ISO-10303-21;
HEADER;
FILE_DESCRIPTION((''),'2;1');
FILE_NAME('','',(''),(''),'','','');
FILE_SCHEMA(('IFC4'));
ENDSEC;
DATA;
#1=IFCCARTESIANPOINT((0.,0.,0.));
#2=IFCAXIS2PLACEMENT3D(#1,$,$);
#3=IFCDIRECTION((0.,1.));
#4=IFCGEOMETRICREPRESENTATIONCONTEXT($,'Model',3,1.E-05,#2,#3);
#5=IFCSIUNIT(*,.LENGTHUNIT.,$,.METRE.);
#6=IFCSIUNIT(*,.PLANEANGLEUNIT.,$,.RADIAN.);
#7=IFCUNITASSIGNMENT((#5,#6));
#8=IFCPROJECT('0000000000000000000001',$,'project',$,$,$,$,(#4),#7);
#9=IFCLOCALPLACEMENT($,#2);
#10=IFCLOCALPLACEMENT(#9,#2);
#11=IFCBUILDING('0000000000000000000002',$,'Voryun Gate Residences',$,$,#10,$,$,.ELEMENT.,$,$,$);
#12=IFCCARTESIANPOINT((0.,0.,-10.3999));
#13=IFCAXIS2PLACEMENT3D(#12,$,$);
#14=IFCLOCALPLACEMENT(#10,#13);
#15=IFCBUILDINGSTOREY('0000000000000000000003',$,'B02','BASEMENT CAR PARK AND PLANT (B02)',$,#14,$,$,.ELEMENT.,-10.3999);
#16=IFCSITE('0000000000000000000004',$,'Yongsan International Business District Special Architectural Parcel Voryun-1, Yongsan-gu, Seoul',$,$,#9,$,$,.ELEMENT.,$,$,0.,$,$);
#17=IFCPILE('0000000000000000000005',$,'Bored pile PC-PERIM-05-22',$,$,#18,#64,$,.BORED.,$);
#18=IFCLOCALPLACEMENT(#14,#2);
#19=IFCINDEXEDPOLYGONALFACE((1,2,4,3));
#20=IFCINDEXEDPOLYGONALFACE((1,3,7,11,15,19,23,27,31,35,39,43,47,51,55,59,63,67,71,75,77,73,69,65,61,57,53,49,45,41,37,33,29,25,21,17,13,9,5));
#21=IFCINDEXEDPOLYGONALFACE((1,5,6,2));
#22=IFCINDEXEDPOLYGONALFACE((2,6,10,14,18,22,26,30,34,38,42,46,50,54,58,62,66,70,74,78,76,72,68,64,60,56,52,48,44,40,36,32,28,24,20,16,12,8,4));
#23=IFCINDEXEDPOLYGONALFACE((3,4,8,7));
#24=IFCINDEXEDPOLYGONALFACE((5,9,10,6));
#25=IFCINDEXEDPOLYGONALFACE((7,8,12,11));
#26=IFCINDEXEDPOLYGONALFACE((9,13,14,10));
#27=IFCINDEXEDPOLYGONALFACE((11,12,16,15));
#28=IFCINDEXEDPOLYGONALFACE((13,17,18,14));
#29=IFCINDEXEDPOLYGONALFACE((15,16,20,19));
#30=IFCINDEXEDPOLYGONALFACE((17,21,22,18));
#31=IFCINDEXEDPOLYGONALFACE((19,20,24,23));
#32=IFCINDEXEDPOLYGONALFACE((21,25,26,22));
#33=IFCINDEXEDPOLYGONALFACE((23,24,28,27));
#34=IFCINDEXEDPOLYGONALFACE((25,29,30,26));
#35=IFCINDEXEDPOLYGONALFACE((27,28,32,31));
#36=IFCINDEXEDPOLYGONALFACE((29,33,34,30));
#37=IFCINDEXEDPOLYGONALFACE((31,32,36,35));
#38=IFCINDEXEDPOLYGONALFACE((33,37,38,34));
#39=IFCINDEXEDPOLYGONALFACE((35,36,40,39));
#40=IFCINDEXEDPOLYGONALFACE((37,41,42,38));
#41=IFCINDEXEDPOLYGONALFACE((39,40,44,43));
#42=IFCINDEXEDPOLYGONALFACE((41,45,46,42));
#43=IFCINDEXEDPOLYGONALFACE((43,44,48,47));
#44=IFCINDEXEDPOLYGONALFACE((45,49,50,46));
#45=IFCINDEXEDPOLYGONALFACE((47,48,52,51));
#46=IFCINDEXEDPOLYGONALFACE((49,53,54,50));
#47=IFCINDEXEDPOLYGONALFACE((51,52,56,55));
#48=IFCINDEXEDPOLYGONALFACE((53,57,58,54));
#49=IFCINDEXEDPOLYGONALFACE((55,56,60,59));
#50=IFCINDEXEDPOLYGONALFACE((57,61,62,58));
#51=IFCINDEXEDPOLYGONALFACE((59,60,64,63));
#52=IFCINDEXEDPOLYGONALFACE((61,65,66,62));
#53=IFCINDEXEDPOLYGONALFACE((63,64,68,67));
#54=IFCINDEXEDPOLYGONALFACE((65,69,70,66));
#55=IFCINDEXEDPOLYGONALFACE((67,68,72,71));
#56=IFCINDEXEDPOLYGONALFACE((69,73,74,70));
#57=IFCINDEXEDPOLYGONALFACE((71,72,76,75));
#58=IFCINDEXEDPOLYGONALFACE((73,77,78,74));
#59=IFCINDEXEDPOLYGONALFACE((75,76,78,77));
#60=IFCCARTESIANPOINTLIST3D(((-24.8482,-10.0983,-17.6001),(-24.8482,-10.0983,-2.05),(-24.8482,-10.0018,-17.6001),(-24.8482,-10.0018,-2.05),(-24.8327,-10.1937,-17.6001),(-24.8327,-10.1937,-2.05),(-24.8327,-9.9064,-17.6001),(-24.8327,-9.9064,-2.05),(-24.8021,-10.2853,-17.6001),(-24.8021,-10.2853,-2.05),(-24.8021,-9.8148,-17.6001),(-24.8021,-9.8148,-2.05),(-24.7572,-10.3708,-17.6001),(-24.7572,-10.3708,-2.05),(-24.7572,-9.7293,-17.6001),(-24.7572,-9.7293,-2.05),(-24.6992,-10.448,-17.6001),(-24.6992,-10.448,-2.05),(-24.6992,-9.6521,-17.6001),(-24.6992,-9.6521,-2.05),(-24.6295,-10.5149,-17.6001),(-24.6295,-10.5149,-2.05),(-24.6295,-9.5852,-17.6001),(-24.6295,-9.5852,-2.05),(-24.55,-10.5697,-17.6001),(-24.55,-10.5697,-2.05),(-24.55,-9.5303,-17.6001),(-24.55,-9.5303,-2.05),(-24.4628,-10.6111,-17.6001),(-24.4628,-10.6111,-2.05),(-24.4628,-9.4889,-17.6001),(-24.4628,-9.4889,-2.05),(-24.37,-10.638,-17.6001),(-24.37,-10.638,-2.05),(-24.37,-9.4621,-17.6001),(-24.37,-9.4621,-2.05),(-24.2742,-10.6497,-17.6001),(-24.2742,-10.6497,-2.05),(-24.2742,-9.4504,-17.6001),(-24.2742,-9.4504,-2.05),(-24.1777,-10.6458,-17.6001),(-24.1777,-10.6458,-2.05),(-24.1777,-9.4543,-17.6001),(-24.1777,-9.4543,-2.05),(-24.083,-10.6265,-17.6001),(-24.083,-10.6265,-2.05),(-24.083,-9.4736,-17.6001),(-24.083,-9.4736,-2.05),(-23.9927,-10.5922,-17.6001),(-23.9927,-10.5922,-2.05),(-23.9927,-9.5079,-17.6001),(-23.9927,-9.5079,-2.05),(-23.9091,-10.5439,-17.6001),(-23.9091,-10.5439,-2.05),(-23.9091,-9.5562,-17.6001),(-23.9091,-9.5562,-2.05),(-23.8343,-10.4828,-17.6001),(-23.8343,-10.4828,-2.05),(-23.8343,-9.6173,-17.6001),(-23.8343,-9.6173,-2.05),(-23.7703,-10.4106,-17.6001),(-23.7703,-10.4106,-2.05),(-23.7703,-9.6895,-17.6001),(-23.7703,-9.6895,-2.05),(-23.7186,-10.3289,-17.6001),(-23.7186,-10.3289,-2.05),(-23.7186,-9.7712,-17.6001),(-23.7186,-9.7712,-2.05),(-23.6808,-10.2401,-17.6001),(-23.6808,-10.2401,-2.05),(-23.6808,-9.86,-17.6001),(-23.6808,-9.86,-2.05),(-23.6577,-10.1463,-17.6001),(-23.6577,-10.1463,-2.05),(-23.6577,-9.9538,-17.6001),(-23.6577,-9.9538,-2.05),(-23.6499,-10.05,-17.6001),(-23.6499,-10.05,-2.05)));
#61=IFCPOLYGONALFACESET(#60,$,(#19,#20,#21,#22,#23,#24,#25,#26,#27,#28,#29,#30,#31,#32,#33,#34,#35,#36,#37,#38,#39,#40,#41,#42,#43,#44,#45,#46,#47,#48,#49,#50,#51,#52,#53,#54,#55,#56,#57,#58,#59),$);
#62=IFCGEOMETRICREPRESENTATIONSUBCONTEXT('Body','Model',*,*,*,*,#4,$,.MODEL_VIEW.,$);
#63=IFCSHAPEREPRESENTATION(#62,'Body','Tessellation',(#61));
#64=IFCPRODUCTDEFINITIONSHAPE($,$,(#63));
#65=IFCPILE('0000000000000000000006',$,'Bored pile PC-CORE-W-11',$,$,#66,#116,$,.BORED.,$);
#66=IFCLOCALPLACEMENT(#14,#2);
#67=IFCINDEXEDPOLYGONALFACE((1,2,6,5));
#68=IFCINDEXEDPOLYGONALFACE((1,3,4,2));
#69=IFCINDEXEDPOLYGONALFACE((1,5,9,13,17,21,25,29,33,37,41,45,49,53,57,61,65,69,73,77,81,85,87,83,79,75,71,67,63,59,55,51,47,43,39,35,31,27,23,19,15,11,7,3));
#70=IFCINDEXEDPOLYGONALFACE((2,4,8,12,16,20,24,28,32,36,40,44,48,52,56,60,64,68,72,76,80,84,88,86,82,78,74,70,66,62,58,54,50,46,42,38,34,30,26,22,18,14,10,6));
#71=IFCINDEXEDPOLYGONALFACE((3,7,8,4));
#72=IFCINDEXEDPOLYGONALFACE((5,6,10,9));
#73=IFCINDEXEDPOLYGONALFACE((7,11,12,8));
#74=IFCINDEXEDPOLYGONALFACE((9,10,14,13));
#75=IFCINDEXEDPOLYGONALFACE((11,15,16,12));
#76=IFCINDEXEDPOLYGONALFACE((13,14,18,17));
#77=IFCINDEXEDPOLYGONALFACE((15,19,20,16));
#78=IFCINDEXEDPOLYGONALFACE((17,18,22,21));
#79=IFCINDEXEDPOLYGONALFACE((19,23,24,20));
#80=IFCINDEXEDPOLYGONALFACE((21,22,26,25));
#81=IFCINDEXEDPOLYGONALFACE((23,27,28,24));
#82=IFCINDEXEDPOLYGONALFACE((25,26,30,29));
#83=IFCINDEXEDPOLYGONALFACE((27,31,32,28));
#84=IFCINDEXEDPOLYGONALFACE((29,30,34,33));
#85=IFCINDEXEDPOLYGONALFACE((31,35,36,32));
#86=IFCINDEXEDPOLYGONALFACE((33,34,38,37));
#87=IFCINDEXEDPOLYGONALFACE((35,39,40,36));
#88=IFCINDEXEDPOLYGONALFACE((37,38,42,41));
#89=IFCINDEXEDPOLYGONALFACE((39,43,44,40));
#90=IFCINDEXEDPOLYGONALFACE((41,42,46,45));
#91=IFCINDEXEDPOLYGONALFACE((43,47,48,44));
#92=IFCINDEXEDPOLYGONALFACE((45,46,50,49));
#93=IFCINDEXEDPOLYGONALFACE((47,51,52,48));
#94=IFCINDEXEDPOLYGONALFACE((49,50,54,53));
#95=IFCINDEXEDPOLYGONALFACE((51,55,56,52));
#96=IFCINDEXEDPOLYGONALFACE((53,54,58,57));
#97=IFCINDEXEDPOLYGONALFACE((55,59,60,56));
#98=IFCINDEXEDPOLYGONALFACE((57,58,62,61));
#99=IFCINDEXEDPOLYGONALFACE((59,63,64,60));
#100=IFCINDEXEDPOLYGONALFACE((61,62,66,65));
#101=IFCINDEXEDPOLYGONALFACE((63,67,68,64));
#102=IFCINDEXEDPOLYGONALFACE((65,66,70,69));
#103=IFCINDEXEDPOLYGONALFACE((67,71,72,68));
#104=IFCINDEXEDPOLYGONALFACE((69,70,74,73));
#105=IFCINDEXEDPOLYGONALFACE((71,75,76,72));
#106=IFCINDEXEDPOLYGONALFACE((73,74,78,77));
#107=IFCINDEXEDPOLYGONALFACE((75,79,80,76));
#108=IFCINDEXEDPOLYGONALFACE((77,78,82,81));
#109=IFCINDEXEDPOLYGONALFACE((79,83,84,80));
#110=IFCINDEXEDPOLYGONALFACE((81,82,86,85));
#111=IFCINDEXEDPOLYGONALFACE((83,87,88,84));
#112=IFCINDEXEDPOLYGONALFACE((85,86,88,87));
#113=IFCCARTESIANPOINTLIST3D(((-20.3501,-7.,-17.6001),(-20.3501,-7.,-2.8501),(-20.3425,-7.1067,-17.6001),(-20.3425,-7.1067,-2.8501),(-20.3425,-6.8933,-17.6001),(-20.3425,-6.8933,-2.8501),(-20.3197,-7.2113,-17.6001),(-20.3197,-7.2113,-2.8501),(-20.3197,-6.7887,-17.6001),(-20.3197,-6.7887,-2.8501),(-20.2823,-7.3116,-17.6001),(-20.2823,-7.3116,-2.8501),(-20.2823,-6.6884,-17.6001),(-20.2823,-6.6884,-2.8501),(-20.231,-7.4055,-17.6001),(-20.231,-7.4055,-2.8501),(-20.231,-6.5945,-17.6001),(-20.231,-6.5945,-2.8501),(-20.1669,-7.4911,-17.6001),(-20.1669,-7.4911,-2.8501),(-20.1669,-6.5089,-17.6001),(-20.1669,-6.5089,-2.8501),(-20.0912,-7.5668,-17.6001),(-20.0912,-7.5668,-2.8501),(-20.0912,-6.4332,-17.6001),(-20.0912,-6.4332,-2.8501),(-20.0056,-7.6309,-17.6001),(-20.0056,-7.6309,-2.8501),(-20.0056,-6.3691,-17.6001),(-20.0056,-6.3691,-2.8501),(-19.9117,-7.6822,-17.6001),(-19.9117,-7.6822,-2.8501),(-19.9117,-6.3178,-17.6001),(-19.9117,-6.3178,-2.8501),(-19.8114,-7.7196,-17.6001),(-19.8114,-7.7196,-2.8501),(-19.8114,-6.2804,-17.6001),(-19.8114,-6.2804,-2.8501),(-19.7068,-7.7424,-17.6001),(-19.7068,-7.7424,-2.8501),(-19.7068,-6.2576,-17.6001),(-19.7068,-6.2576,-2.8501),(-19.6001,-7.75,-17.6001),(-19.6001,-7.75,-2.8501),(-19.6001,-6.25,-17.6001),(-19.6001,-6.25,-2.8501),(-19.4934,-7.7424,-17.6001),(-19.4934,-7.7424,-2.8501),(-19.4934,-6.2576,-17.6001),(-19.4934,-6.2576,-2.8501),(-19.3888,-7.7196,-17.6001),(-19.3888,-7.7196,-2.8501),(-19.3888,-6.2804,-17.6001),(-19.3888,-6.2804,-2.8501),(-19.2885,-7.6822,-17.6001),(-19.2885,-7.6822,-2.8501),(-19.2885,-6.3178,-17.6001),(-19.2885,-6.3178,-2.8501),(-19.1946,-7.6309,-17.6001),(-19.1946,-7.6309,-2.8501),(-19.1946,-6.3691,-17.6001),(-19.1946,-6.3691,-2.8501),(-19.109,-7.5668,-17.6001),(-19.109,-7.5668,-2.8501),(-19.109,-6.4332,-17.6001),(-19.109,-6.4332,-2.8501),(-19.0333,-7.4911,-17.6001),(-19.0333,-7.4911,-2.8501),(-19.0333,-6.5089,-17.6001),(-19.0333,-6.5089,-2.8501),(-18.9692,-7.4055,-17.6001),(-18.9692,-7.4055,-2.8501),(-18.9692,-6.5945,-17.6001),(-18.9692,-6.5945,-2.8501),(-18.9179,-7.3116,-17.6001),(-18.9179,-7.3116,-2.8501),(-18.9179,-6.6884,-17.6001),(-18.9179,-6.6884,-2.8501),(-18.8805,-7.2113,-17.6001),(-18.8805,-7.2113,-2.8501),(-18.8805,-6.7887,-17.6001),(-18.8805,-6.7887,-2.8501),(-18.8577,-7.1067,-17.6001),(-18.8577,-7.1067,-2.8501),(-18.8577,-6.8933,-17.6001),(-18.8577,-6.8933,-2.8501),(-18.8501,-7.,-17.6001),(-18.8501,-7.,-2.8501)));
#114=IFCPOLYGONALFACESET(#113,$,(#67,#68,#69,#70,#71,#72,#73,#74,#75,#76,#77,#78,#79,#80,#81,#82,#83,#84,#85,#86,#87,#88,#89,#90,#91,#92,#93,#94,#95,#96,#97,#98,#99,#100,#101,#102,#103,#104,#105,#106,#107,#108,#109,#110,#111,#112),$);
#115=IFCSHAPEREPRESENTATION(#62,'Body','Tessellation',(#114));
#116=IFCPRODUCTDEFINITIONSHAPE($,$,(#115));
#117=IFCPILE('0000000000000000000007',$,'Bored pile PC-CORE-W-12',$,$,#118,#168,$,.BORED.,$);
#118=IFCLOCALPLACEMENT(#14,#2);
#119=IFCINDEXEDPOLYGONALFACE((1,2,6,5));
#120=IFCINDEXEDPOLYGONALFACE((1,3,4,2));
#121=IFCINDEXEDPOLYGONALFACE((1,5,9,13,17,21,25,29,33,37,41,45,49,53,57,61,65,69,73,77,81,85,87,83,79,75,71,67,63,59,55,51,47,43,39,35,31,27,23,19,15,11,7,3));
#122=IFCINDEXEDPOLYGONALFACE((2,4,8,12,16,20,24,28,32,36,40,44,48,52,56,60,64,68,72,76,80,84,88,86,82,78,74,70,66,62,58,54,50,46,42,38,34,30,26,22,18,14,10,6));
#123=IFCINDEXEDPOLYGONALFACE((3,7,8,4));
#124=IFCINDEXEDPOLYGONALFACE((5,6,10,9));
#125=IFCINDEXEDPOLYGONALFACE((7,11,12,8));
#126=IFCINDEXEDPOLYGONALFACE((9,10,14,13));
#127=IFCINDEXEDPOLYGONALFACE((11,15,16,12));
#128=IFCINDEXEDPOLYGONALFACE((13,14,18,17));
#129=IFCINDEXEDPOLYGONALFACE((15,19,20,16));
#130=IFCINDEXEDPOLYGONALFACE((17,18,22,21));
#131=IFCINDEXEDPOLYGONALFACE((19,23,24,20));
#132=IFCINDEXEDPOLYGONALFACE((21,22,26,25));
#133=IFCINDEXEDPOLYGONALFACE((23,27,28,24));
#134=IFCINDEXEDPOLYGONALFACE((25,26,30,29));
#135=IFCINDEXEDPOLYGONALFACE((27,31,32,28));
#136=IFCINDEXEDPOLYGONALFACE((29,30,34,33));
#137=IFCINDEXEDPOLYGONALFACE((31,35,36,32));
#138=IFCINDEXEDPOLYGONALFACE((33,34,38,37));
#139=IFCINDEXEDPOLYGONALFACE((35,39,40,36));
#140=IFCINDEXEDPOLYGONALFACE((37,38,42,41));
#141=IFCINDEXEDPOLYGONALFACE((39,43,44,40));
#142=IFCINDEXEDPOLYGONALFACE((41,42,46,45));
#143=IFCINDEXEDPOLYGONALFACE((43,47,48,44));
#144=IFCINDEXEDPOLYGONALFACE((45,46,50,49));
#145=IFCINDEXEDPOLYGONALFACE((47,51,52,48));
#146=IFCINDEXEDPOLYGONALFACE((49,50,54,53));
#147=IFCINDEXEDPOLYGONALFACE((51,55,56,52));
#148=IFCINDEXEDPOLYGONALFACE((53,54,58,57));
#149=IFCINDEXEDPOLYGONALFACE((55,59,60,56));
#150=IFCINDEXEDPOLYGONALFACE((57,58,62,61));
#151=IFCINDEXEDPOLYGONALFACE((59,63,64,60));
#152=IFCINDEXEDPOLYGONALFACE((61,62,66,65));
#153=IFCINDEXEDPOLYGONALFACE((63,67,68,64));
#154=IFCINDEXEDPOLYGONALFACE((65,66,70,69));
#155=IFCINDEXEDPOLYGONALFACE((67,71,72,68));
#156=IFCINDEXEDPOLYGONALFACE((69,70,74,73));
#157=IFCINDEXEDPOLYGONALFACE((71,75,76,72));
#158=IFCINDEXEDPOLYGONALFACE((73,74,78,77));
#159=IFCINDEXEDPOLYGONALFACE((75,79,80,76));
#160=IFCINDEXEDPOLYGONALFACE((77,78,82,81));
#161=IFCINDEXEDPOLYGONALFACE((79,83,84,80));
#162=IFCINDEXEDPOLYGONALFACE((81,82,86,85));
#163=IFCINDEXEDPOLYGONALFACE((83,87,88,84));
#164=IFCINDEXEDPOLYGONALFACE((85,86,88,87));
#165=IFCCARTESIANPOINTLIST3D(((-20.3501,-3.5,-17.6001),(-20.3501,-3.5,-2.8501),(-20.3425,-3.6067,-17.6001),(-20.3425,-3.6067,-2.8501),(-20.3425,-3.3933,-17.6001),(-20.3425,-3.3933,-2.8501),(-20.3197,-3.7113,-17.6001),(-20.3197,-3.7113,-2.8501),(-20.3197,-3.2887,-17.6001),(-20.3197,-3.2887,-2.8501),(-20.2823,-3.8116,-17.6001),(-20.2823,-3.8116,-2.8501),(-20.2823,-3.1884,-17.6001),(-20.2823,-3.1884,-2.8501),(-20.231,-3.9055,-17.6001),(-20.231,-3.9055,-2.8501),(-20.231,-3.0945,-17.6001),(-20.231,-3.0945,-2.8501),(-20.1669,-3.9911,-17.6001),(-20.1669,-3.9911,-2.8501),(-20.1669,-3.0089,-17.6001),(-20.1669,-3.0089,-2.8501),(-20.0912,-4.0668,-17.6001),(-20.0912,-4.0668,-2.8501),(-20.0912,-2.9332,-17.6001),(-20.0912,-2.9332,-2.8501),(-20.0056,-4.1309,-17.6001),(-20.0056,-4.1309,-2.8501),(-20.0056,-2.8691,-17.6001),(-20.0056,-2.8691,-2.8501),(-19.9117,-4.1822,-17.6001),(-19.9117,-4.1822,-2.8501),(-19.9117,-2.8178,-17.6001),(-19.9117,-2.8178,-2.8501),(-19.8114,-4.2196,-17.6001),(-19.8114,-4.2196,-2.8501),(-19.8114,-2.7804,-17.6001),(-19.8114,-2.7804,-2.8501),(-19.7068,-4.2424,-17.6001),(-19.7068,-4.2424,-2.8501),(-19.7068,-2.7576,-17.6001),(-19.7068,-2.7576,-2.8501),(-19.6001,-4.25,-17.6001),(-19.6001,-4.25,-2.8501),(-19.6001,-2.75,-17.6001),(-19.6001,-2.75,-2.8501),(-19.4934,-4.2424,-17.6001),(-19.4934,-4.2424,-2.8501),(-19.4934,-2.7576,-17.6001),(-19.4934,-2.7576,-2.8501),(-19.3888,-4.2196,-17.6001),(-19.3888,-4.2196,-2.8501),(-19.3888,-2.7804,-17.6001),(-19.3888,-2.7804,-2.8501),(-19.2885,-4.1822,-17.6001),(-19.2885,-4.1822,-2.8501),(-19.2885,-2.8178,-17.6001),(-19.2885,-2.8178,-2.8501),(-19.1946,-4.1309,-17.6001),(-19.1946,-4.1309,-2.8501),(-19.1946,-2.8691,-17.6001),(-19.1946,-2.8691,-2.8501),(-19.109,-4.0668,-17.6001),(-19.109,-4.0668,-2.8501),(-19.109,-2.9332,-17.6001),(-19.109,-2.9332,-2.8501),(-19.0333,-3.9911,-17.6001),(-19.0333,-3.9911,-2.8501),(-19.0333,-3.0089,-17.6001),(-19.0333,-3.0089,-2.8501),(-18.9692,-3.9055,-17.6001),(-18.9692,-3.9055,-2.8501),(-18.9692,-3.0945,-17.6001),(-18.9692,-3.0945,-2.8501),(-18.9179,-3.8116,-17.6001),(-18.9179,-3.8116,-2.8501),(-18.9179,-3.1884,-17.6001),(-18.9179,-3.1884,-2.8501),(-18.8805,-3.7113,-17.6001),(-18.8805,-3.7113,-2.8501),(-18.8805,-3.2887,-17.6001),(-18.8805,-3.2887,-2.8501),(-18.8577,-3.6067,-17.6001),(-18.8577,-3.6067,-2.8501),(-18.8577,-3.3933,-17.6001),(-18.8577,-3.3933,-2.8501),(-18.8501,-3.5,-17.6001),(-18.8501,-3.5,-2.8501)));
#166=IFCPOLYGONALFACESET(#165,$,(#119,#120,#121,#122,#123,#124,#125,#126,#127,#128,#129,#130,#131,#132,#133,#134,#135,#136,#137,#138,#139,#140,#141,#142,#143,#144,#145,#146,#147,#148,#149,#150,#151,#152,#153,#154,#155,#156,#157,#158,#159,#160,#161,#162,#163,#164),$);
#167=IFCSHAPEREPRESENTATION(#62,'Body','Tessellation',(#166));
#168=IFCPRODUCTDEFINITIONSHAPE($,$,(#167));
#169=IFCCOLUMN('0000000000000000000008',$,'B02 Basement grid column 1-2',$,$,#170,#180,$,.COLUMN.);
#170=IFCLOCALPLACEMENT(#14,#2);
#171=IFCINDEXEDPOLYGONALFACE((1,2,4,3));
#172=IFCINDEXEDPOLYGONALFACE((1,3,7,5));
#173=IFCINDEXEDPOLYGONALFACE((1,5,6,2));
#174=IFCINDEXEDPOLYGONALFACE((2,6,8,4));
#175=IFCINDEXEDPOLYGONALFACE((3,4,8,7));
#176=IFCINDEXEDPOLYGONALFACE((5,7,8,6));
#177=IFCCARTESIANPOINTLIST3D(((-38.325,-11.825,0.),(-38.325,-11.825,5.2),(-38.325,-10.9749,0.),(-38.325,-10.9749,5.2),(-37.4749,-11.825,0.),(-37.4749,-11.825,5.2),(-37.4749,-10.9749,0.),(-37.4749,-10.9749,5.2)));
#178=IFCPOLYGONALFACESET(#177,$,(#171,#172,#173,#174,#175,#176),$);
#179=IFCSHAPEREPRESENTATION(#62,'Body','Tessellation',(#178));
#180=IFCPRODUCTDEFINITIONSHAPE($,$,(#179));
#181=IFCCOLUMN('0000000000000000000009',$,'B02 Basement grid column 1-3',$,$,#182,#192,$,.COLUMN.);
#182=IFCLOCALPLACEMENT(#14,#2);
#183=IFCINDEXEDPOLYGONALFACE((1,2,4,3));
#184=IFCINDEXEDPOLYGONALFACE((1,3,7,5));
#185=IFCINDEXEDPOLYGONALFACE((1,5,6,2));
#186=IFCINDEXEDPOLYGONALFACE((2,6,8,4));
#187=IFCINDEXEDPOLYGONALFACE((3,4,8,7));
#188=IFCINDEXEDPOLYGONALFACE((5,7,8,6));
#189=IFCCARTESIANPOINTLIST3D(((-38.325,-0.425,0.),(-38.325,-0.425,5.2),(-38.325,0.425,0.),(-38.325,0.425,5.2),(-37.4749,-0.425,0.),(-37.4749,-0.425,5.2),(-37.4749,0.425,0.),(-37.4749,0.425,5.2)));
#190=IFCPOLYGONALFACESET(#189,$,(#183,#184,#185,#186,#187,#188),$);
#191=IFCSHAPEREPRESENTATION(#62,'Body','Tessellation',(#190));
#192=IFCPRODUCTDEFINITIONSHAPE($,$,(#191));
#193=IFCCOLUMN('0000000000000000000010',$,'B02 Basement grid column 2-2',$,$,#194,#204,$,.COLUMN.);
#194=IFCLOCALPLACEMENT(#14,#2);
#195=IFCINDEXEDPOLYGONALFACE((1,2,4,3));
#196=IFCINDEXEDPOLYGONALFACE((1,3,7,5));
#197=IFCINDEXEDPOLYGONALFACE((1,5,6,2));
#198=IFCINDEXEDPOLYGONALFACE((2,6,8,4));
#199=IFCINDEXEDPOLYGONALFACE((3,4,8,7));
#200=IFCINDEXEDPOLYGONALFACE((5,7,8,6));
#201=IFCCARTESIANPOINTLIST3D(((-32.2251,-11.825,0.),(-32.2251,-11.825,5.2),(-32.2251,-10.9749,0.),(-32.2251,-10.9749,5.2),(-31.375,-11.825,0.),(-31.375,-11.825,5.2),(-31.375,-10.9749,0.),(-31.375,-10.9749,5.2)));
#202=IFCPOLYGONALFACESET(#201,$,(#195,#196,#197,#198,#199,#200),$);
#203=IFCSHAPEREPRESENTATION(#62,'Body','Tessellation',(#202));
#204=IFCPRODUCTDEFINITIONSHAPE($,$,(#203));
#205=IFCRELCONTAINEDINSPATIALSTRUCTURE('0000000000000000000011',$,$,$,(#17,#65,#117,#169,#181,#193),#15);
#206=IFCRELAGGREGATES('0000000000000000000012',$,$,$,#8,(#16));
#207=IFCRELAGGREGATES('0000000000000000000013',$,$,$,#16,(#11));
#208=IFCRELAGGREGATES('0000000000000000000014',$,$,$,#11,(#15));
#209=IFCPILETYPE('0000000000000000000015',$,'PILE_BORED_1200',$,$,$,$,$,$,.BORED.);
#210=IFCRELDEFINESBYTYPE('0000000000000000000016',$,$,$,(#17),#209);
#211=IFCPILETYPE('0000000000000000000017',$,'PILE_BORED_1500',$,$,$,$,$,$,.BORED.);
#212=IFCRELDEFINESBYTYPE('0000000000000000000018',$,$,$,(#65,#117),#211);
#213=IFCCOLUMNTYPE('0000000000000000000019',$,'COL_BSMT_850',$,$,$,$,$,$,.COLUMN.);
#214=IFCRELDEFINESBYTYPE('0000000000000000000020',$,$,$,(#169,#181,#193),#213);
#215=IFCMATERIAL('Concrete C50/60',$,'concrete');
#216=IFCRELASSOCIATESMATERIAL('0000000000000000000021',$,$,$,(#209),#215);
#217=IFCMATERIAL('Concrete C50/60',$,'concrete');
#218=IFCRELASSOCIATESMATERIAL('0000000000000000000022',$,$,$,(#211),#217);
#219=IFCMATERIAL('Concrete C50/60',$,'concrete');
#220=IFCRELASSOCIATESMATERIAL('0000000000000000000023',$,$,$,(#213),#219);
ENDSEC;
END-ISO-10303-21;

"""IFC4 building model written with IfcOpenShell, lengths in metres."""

from ifc_helpers import new_model, si_unit, direction, frame, origin, origin_2d, place, context, subcontext, project, spatial, rectangle, circle, extrude, material, material_profile, profile_set, type_object, element, save


model = new_model("IFC4")

# Units and contexts
model_context = context("Model", 3, precision=1e-05, world=origin(), true_north=direction((0.0, 1.0)))
body_context = subcontext(model_context, "Body", "Model", "MODEL_VIEW")
ifc_project = project(units=[si_unit("LENGTHUNIT", "METRE"), si_unit("PLANEANGLEUNIT", "RADIAN")], contexts=[model_context])

# Site, building, storey
site_placement = place(None, origin())
site = spatial("IfcSite", under=ifc_project, at=site_placement, Name="Yongsan International Business District Special Architectural Parcel Voryun-1, Yongsan-gu, Seoul", CompositionType="ELEMENT", RefElevation=0.0)
building_placement = place(site_placement, origin())
building = spatial("IfcBuilding", under=site, at=building_placement, Name="Voryun Gate Residences", CompositionType="ELEMENT")
storey_placement = place(building_placement, frame((0.0, 0.0, -10.3999)))
storey = spatial("IfcBuildingStorey", under=building, at=storey_placement, Name="B02", Description="BASEMENT CAR PARK AND PLANT (B02)", CompositionType="ELEMENT", Elevation=-10.3999)

# Piles
ifc_material_1 = material(Name="Concrete C50/60", Category="concrete")
ifc_material_profile_1 = material_profile(ifc_material_1, circle(Radius=0.6001, at=origin_2d()), Name="PILE-D1200")
ifc_profile_set_1 = profile_set([ifc_material_profile_1], Name="Concrete C50/60")
pile_type_1 = type_object("IfcPileType", Name="PILE_BORED_1200", PredefinedType="BORED", material=ifc_profile_set_1)
for number, where, z_axis, x_axis, name in (
    (1, (-24.25, -10.05, -2.05), (0.0, 0.0, -1.0), (1.0, 0.0, 0.0), "Bored pile PC-PERIM-05-22"),
):
    element("IfcPile", number, at=place(storey_placement, frame(where, z_axis=z_axis, x_axis=x_axis)), inside=storey, type_object=pile_type_1, Name=name, PredefinedType="BORED", context=body_context, shape_type="SweptSolid", body=[
        extrude(circle(Radius=0.6001, at=origin_2d()), origin(), (0.0, 0.0, 1.0), 15.55),
    ])
ifc_material_2 = material(Name="Concrete C50/60", Category="concrete")
ifc_material_profile_2 = material_profile(ifc_material_2, circle(Radius=0.75, at=origin_2d()), Name="PILE-D1500")
ifc_profile_set_2 = profile_set([ifc_material_profile_2], Name="Concrete C50/60")
pile_type_2 = type_object("IfcPileType", Name="PILE_BORED_1500", PredefinedType="BORED", material=ifc_profile_set_2)
for number, where, z_axis, x_axis, name in (
    (2, (-19.6001, -7.0, -2.8501), (0.0, 0.0, -1.0), (1.0, 0.0, 0.0), "Bored pile PC-CORE-W-11"),
    (3, (-19.6001, -3.5, -2.8501), (0.0, 0.0, -1.0), (1.0, 0.0, 0.0), "Bored pile PC-CORE-W-12"),
):
    element("IfcPile", number, at=place(storey_placement, frame(where, z_axis=z_axis, x_axis=x_axis)), inside=storey, type_object=pile_type_2, Name=name, PredefinedType="BORED", context=body_context, shape_type="SweptSolid", body=[
        extrude(circle(Radius=0.75, at=origin_2d()), origin(), (0.0, 0.0, 1.0), 14.75),
    ])

# Columns
ifc_material_3 = material(Name="Concrete C50/60", Category="concrete")
ifc_material_profile_3 = material_profile(ifc_material_3, rectangle(XDim=0.8501, YDim=0.8501, at=origin_2d()), Name="RC-850x850")
ifc_profile_set_3 = profile_set([ifc_material_profile_3], Name="Concrete C50/60")
column_type_1 = type_object("IfcColumnType", Name="COL_BSMT_850", PredefinedType="COLUMN", material=ifc_profile_set_3)
for number, where, z_axis, x_axis, name in (
    (4, (-37.8999, -11.3999, 0.0), (0.0, 0.0, 1.0), (1.0, 0.0, 0.0), "B02 Basement grid column 1-2"),
    (5, (-37.8999, 0.0, 0.0), (0.0, 0.0, 1.0), (1.0, 0.0, 0.0), "B02 Basement grid column 1-3"),
    (6, (-31.8, -11.3999, 0.0), (0.0, 0.0, 1.0), (1.0, 0.0, 0.0), "B02 Basement grid column 2-2"),
):
    element("IfcColumn", number, at=place(storey_placement, frame(where, z_axis=z_axis, x_axis=x_axis)), inside=storey, type_object=column_type_1, Name=name, PredefinedType="COLUMN", context=body_context, shape_type="SweptSolid", body=[
        extrude(rectangle(XDim=0.8501, YDim=0.8501, at=origin_2d()), origin(), (0.0, 0.0, 1.0), 5.2),
    ])

save(model, "model.ifc")
